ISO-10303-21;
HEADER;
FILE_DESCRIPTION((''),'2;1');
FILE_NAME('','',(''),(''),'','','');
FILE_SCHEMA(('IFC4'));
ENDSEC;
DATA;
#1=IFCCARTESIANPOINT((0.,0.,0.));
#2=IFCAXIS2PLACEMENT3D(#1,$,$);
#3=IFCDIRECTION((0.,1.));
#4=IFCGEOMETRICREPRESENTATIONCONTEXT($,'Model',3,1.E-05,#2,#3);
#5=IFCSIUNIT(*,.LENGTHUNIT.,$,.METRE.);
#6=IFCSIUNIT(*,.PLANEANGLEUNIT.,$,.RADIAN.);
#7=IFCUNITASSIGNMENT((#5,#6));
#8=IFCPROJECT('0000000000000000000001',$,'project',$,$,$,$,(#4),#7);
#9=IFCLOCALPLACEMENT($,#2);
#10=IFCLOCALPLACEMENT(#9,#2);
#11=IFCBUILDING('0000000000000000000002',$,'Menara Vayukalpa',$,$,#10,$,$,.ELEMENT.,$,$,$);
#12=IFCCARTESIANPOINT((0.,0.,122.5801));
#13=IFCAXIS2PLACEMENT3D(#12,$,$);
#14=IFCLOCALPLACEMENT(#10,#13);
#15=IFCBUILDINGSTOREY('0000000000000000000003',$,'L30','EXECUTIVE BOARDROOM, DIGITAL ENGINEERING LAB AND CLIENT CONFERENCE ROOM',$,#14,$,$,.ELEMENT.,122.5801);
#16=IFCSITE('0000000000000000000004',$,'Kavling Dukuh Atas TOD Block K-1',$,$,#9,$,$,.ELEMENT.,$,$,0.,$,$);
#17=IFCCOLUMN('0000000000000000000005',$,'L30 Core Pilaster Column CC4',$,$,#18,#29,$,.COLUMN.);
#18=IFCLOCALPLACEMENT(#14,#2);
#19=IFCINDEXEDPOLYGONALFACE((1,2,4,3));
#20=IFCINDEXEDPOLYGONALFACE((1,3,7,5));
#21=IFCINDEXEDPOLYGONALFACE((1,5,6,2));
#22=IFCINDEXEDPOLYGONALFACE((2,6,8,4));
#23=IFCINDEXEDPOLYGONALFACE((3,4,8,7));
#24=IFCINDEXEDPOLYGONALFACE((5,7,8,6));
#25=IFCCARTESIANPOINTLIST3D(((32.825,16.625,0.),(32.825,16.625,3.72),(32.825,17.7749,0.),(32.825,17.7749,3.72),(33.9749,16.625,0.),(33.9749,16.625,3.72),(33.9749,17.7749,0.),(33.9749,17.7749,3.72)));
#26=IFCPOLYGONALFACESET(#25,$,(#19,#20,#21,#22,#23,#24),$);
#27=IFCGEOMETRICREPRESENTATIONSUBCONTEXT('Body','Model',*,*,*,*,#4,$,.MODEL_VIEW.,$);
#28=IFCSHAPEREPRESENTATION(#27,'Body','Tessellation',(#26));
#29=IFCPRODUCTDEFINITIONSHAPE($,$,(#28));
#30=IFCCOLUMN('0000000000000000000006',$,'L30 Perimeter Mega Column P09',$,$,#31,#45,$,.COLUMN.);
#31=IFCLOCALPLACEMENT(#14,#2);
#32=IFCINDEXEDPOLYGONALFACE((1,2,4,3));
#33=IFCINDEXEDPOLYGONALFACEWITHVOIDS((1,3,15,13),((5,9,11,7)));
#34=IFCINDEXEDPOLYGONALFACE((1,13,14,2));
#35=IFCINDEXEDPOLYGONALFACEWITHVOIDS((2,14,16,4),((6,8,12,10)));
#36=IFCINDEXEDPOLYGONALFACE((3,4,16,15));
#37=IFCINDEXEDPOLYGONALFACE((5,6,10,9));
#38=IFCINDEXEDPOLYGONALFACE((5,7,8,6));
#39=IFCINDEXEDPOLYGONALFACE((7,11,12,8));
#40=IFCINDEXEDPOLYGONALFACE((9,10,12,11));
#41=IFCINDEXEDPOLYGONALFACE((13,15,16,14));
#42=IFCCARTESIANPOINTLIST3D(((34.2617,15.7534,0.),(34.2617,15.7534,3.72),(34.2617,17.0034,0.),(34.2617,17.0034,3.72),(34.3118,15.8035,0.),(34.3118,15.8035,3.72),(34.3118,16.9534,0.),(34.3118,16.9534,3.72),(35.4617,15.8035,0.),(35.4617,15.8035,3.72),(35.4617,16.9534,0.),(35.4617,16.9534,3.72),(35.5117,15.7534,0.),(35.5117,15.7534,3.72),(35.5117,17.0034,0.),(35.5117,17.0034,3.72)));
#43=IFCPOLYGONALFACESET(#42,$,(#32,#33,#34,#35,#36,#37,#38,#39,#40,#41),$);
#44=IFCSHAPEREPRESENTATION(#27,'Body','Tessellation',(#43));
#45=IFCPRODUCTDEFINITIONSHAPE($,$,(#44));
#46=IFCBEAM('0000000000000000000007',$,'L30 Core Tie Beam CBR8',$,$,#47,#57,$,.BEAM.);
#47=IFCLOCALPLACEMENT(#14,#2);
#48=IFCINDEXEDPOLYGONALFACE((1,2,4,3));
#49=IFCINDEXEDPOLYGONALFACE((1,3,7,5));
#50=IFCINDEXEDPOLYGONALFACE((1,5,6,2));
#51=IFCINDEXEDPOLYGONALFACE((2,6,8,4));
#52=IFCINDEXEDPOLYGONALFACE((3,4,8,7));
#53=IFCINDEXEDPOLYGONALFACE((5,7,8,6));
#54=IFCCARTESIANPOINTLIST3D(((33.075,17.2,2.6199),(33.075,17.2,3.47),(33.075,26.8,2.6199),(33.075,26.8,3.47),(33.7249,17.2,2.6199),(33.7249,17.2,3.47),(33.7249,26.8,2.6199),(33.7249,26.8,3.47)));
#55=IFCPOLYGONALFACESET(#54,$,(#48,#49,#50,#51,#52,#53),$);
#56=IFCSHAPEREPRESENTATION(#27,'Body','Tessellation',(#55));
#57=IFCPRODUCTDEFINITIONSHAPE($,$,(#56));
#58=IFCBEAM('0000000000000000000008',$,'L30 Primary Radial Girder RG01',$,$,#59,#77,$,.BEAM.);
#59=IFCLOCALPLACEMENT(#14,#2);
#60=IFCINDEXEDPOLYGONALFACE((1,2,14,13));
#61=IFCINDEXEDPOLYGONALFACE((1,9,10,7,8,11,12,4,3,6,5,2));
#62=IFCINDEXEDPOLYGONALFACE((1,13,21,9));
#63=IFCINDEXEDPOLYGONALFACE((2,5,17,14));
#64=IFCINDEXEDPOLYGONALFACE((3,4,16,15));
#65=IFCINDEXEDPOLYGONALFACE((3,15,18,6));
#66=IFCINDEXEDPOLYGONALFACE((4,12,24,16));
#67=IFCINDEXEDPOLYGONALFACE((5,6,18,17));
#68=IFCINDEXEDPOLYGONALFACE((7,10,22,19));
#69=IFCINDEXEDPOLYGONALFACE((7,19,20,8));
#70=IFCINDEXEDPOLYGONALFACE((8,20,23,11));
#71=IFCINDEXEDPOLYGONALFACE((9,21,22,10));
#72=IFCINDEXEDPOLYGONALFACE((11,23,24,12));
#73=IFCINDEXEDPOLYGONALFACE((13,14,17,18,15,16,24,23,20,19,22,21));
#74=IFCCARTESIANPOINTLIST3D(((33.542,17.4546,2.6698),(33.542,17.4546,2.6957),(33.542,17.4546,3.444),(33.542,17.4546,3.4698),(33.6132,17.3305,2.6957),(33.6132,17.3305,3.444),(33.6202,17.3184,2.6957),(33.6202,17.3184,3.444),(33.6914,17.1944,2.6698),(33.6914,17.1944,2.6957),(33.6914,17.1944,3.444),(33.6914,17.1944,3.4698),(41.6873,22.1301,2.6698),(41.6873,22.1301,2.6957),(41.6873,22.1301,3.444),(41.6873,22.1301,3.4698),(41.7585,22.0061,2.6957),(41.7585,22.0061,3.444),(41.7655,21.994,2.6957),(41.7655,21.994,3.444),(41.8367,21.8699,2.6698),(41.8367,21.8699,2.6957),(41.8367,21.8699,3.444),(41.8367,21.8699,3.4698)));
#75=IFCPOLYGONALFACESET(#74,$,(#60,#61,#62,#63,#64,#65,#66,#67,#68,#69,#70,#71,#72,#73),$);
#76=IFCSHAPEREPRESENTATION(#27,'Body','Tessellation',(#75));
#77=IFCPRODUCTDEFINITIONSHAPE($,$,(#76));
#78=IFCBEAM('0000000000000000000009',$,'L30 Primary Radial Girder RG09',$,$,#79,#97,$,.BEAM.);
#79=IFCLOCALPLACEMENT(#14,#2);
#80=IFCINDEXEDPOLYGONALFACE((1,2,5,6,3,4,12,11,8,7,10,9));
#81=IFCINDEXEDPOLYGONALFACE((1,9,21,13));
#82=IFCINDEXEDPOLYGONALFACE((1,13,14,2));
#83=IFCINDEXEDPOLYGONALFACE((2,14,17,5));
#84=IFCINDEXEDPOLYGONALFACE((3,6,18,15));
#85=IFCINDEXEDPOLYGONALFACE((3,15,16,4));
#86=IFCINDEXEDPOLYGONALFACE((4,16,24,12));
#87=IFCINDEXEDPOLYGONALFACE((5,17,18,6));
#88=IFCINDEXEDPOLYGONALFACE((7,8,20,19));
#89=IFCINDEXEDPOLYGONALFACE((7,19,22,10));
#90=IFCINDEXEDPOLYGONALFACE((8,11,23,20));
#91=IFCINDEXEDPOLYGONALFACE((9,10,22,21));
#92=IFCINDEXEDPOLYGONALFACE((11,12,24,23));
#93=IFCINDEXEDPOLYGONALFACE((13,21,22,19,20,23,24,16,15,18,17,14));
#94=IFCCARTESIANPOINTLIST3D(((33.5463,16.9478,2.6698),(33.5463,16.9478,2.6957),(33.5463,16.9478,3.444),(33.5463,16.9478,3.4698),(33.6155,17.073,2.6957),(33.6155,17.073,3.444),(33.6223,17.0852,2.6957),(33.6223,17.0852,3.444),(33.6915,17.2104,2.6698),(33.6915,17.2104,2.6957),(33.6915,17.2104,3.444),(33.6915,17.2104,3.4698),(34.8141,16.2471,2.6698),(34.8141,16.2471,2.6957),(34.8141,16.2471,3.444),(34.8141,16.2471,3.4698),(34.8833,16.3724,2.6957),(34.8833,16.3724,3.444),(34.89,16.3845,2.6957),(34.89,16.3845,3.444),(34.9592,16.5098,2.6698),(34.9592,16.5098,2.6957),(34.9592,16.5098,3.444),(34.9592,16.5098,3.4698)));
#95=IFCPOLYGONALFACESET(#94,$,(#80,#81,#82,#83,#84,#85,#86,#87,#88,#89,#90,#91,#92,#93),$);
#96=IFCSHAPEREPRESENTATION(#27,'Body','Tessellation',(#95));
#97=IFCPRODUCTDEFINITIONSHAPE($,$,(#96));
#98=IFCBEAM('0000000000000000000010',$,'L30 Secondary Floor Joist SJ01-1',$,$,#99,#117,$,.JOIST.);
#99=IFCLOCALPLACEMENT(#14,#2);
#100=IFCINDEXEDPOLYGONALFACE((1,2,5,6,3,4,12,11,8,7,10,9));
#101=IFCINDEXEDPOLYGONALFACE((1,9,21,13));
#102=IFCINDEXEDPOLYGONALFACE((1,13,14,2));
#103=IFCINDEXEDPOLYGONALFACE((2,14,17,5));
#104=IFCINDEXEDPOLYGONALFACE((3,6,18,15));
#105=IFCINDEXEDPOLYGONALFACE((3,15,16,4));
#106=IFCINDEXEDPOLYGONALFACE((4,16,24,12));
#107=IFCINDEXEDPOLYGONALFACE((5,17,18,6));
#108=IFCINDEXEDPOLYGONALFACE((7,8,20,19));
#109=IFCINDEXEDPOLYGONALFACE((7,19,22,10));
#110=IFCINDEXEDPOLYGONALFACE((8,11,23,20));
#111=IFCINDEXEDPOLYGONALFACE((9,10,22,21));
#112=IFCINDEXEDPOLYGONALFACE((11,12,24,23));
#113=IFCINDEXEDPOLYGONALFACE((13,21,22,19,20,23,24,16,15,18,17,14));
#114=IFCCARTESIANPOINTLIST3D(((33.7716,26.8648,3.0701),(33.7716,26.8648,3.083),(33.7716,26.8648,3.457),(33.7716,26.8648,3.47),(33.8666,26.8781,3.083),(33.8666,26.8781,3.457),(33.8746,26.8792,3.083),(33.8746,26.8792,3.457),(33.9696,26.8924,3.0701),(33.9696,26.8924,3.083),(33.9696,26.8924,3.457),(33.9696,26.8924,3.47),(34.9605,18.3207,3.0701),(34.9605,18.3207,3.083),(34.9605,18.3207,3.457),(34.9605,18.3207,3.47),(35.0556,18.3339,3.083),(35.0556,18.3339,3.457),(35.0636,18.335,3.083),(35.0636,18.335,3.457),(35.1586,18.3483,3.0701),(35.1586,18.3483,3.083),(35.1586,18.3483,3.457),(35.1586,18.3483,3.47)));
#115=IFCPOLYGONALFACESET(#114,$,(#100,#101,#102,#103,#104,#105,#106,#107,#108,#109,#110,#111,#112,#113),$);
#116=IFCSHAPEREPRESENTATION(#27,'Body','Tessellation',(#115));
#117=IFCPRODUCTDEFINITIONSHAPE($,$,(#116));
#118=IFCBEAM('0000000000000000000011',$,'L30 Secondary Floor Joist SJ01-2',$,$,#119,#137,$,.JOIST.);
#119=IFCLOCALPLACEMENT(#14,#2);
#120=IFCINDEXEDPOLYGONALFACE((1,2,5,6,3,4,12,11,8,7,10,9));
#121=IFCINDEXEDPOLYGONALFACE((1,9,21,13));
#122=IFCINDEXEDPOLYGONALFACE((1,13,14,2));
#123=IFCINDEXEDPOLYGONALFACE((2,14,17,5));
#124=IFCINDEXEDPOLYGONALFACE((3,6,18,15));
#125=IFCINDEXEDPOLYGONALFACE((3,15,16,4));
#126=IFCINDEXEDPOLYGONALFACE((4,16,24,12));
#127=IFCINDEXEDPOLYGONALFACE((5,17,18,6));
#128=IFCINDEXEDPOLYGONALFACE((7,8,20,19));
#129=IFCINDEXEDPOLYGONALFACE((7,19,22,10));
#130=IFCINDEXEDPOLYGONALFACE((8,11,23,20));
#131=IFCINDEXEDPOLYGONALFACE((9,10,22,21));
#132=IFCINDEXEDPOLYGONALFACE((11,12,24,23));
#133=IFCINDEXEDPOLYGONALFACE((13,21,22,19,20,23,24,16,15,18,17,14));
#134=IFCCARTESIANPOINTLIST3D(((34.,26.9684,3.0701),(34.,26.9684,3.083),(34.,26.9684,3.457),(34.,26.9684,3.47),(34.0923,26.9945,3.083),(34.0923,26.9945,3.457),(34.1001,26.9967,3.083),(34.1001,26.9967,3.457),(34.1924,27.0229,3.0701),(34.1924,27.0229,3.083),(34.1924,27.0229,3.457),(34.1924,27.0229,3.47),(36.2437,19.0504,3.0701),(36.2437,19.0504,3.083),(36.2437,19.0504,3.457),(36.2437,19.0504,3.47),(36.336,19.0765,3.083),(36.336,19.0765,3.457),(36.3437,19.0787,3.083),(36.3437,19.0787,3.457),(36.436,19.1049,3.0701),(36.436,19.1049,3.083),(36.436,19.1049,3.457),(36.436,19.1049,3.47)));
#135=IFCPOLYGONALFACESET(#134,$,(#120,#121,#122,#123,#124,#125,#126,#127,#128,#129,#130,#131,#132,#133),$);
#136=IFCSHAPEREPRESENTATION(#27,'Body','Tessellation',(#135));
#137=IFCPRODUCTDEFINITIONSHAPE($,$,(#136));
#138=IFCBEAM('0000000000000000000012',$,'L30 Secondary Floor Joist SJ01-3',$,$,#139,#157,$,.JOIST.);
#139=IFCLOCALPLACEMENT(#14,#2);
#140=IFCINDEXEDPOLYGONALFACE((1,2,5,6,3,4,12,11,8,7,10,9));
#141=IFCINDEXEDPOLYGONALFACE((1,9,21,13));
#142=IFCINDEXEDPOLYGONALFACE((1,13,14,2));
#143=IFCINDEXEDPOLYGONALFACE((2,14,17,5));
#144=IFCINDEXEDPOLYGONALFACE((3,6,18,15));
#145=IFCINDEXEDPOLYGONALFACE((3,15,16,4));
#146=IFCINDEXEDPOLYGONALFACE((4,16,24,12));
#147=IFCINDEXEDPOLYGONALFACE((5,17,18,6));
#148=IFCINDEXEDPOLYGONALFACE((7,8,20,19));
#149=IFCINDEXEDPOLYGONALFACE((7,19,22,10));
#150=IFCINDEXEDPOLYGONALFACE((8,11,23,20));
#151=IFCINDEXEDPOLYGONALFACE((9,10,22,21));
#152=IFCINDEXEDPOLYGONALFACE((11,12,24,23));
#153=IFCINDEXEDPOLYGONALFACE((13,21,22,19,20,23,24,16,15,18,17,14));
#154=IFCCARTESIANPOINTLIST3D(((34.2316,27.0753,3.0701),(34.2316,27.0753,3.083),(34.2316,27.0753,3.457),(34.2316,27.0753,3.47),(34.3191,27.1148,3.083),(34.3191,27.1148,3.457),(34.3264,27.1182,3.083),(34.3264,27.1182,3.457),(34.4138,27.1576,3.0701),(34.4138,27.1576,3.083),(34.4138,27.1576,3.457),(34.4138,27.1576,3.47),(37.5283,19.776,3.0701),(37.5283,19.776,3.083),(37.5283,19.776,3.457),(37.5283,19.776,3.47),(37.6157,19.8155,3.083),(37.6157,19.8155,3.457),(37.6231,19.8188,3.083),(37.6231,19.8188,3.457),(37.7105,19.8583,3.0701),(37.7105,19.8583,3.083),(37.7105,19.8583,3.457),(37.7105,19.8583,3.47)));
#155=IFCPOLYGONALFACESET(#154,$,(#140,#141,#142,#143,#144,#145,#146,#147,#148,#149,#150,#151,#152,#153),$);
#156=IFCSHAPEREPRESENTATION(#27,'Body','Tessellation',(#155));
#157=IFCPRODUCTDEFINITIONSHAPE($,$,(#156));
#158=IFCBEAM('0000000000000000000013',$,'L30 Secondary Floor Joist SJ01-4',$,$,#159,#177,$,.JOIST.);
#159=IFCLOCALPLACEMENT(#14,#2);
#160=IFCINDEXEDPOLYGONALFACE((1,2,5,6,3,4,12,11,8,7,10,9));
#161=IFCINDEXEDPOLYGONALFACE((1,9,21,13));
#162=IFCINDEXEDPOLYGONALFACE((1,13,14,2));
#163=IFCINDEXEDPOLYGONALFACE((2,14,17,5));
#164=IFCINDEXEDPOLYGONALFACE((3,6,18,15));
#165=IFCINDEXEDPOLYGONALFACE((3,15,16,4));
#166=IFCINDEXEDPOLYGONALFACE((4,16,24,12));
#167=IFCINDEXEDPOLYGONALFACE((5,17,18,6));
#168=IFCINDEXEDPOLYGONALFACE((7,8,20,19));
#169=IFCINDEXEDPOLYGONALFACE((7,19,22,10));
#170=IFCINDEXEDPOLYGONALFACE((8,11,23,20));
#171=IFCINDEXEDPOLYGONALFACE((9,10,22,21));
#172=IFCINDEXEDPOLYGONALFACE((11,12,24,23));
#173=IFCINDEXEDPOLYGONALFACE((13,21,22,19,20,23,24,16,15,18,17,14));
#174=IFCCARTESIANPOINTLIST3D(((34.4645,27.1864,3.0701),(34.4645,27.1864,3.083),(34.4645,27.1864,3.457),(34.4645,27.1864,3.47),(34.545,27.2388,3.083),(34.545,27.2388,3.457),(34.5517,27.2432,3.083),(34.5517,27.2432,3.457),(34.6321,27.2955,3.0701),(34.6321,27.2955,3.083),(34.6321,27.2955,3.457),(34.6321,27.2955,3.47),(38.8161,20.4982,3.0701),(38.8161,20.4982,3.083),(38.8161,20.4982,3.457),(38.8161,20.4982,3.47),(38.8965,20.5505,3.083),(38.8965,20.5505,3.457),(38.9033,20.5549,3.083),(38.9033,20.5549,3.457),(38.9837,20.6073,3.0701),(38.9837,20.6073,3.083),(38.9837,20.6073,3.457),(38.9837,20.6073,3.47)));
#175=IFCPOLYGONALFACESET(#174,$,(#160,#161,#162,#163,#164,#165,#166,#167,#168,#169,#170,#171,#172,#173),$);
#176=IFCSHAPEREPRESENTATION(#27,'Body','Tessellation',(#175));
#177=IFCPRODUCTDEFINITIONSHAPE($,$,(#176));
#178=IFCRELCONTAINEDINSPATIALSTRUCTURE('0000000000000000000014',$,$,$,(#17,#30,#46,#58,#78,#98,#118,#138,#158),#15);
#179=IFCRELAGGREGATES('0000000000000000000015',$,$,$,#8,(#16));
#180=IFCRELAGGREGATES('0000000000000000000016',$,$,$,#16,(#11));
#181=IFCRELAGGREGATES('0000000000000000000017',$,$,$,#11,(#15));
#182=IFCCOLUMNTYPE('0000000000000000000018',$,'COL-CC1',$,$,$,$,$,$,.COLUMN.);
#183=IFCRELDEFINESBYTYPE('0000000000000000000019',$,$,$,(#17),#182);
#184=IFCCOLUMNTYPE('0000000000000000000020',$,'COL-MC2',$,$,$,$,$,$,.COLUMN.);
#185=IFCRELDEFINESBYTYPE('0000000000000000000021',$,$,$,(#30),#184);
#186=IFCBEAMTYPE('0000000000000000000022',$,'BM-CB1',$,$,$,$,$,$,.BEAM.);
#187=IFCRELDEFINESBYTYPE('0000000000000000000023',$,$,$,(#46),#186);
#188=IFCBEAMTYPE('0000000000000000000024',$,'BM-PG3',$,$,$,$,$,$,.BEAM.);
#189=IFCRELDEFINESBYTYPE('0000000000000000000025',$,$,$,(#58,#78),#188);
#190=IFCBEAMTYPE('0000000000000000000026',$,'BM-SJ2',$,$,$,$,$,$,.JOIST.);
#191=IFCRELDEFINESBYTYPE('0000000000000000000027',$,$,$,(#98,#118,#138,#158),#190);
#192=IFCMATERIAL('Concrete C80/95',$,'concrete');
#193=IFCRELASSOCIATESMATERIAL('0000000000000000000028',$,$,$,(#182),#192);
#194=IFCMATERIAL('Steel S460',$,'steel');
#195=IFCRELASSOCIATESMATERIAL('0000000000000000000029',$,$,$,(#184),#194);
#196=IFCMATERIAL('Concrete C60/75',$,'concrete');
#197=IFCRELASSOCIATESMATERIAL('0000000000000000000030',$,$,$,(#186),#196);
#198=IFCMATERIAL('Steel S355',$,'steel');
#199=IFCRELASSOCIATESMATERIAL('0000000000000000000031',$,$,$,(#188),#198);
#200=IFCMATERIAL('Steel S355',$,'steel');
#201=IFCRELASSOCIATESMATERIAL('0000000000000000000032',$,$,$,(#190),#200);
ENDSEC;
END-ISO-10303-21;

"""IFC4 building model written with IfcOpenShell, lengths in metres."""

from ifc_helpers import new_model, si_unit, direction, frame, origin, origin_2d, place, context, subcontext, project, spatial, rectangle, hollow_rectangle, i_section, extrude, material, material_profile, profile_set, type_object, element, save


model = new_model("IFC4")

# Units and contexts
model_context = context("Model", 3, precision=1e-05, world=origin(), true_north=direction((0.0, 1.0)))
body_context = subcontext(model_context, "Body", "Model", "MODEL_VIEW")
ifc_project = project(units=[si_unit("LENGTHUNIT", "METRE"), si_unit("PLANEANGLEUNIT", "RADIAN")], contexts=[model_context])

# Site, building, storey
site_placement = place(None, origin())
site = spatial("IfcSite", under=ifc_project, at=site_placement, Name="Kavling Dukuh Atas TOD Block K-1", CompositionType="ELEMENT", RefElevation=0.0)
building_placement = place(site_placement, origin())
building = spatial("IfcBuilding", under=site, at=building_placement, Name="Menara Vayukalpa", CompositionType="ELEMENT")
storey_placement = place(building_placement, frame((0.0, 0.0, 122.5801)))
storey = spatial("IfcBuildingStorey", under=building, at=storey_placement, Name="L30", Description="EXECUTIVE BOARDROOM, DIGITAL ENGINEERING LAB AND CLIENT CONFERENCE ROOM", CompositionType="ELEMENT", Elevation=122.5801)

# Columns
ifc_material_1 = material(Name="Concrete C80/95", Category="concrete")
ifc_material_profile_1 = material_profile(ifc_material_1, rectangle(XDim=1.1499, YDim=1.1499, at=origin_2d()), Name="RC 1150x1150")
ifc_profile_set_1 = profile_set([ifc_material_profile_1], Name="Concrete C80/95")
column_type_1 = type_object("IfcColumnType", Name="COL-CC1", PredefinedType="COLUMN", material=ifc_profile_set_1)
column_1_placement = place(storey_placement, frame((33.3999, 17.2, 0.0), z_axis=(0.0, 0.0, 1.0), x_axis=(1.0, 0.0, 0.0)))
element("IfcColumn", 1, at=column_1_placement, inside=storey, type_object=column_type_1, Name="L30 Core Pilaster Column CC4", PredefinedType="COLUMN", context=body_context, shape_type="SweptSolid", body=[
    extrude(rectangle(XDim=1.1499, YDim=1.1499, at=origin_2d()), origin(), (0.0, 0.0, 1.0), 3.72),
])
ifc_material_2 = material(Name="Steel S460", Category="steel")
ifc_material_profile_2 = material_profile(ifc_material_2, hollow_rectangle(XDim=1.25, YDim=1.25, WallThickness=0.05, at=origin_2d()), Name="BOX 1250x1250x50")
ifc_profile_set_2 = profile_set([ifc_material_profile_2], Name="Steel S460")
column_type_2 = type_object("IfcColumnType", Name="COL-MC2", PredefinedType="COLUMN", material=ifc_profile_set_2)
column_2_placement = place(storey_placement, frame((34.8867, 16.3784, 0.0), z_axis=(0.0, 0.0, 1.0), x_axis=(1.0, 0.0, 0.0)))
element("IfcColumn", 2, at=column_2_placement, inside=storey, type_object=column_type_2, Name="L30 Perimeter Mega Column P09", PredefinedType="COLUMN", context=body_context, shape_type="SweptSolid", body=[
    extrude(hollow_rectangle(XDim=1.25, YDim=1.25, WallThickness=0.05, at=origin_2d()), origin(), (0.0, 0.0, 1.0), 3.72),
])

# Beams
ifc_material_3 = material(Name="Concrete C60/75", Category="concrete")
ifc_material_profile_3 = material_profile(ifc_material_3, rectangle(XDim=0.6499, YDim=0.8501, at=origin_2d()), Name="RC 650x850")
ifc_profile_set_3 = profile_set([ifc_material_profile_3], Name="Concrete C60/75")
beam_type_1 = type_object("IfcBeamType", Name="BM-CB1", PredefinedType="BEAM", material=ifc_profile_set_3)
beam_1_placement = place(storey_placement, frame((33.3999, 17.2, 3.0449), z_axis=(0.0, 1.0, 0.0), x_axis=(-1.0, 0.0, 0.0)))
element("IfcBeam", 3, at=beam_1_placement, inside=storey, type_object=beam_type_1, Name="L30 Core Tie Beam CBR8", PredefinedType="BEAM", context=body_context, shape_type="SweptSolid", body=[
    extrude(rectangle(XDim=0.6499, YDim=0.8501, at=origin_2d()), origin(), (0.0, 0.0, 1.0), 9.6001),
])
ifc_material_4 = material(Name="Steel S355", Category="steel")
ifc_material_profile_4 = material_profile(ifc_material_4, i_section(OverallWidth=0.3, OverallDepth=0.8, WebThickness=0.0139, FlangeThickness=0.0259, at=origin_2d()), Name="WF 800x300x14x26")
ifc_profile_set_4 = profile_set([ifc_material_profile_4], Name="Steel S355")
beam_type_2 = type_object("IfcBeamType", Name="BM-PG3", PredefinedType="BEAM", material=ifc_profile_set_4)
beam_2_placement = place(storey_placement, frame((33.6167, 17.3245, 3.0698), z_axis=(0.867274, 0.497832, 0.0), x_axis=(-0.497832, 0.867274, 0.0)))
element("IfcBeam", 4, at=beam_2_placement, inside=storey, type_object=beam_type_2, Name="L30 Primary Radial Girder RG01", PredefinedType="BEAM", context=body_context, shape_type="SweptSolid", body=[
    extrude(i_section(OverallWidth=0.3, OverallDepth=0.8, WebThickness=0.0139, FlangeThickness=0.0259, at=origin_2d()), origin(), (0.0, 0.0, 1.0), 9.3918),
])
beam_3_placement = place(storey_placement, frame((33.6189, 17.0791, 3.0698), z_axis=(0.875228, -0.48371, 0.0), x_axis=(0.48371, 0.875228, 0.0)))
element("IfcBeam", 5, at=beam_3_placement, inside=storey, type_object=beam_type_2, Name="L30 Primary Radial Girder RG09", PredefinedType="BEAM", context=body_context, shape_type="SweptSolid", body=[
    extrude(i_section(OverallWidth=0.3, OverallDepth=0.8, WebThickness=0.0139, FlangeThickness=0.0259, at=origin_2d()), origin(), (0.0, 0.0, 1.0), 1.4485),
])
ifc_material_5 = material(Name="Steel S355", Category="steel")
ifc_material_profile_5 = material_profile(ifc_material_5, i_section(OverallWidth=0.2, OverallDepth=0.3999, WebThickness=0.0081, FlangeThickness=0.0129, at=origin_2d()), Name="WF 400x200x8x13")
ifc_profile_set_5 = profile_set([ifc_material_profile_5], Name="Steel S355")
beam_type_3 = type_object("IfcBeamType", Name="BM-SJ2", PredefinedType="JOIST", material=ifc_profile_set_5)
beam_4_placement = place(storey_placement, frame((35.0596, 18.3345, 3.27), z_axis=(-0.137827, 0.990456, 0.0), x_axis=(-0.990456, -0.137827, 0.0)))
element("IfcBeam", 6, at=beam_4_placement, inside=storey, type_object=beam_type_3, Name="L30 Secondary Floor Joist SJ01-1", PredefinedType="JOIST", context=body_context, shape_type="SweptSolid", body=[
    extrude(i_section(OverallWidth=0.2, OverallDepth=0.3999, WebThickness=0.0081, FlangeThickness=0.0129, at=origin_2d()), origin(), (0.0, 0.0, 1.0), 8.6265),
])
beam_5_placement = place(storey_placement, frame((36.3398, 19.0776, 3.27), z_axis=(-0.272628, 0.962119, 0.0), x_axis=(-0.962119, -0.272628, 0.0)))
element("IfcBeam", 7, at=beam_5_placement, inside=storey, type_object=beam_type_3, Name="L30 Secondary Floor Joist SJ01-2", PredefinedType="JOIST", context=body_context, shape_type="SweptSolid", body=[
    extrude(i_section(OverallWidth=0.2, OverallDepth=0.3999, WebThickness=0.0081, FlangeThickness=0.0129, at=origin_2d()), origin(), (0.0, 0.0, 1.0), 8.2297),
])
beam_6_placement = place(storey_placement, frame((37.6194, 19.8171, 3.27), z_axis=(-0.411604, 0.911363, 0.0), x_axis=(-0.911363, -0.411604, 0.0)))
element("IfcBeam", 8, at=beam_6_placement, inside=storey, type_object=beam_type_3, Name="L30 Secondary Floor Joist SJ01-3", PredefinedType="JOIST", context=body_context, shape_type="SweptSolid", body=[
    extrude(i_section(OverallWidth=0.2, OverallDepth=0.3999, WebThickness=0.0081, FlangeThickness=0.0129, at=origin_2d()), origin(), (0.0, 0.0, 1.0), 8.0093),
])
beam_7_placement = place(storey_placement, frame((38.8999, 20.5527, 3.27), z_axis=(-0.545359, 0.838202, 0.0), x_axis=(-0.838202, -0.545359, 0.0)))
element("IfcBeam", 9, at=beam_7_placement, inside=storey, type_object=beam_type_3, Name="L30 Secondary Floor Joist SJ01-4", PredefinedType="JOIST", context=body_context, shape_type="SweptSolid", body=[
    extrude(i_section(OverallWidth=0.2, OverallDepth=0.3999, WebThickness=0.0081, FlangeThickness=0.0129, at=origin_2d()), origin(), (0.0, 0.0, 1.0), 7.9792),
])

save(model, "model.ifc")
